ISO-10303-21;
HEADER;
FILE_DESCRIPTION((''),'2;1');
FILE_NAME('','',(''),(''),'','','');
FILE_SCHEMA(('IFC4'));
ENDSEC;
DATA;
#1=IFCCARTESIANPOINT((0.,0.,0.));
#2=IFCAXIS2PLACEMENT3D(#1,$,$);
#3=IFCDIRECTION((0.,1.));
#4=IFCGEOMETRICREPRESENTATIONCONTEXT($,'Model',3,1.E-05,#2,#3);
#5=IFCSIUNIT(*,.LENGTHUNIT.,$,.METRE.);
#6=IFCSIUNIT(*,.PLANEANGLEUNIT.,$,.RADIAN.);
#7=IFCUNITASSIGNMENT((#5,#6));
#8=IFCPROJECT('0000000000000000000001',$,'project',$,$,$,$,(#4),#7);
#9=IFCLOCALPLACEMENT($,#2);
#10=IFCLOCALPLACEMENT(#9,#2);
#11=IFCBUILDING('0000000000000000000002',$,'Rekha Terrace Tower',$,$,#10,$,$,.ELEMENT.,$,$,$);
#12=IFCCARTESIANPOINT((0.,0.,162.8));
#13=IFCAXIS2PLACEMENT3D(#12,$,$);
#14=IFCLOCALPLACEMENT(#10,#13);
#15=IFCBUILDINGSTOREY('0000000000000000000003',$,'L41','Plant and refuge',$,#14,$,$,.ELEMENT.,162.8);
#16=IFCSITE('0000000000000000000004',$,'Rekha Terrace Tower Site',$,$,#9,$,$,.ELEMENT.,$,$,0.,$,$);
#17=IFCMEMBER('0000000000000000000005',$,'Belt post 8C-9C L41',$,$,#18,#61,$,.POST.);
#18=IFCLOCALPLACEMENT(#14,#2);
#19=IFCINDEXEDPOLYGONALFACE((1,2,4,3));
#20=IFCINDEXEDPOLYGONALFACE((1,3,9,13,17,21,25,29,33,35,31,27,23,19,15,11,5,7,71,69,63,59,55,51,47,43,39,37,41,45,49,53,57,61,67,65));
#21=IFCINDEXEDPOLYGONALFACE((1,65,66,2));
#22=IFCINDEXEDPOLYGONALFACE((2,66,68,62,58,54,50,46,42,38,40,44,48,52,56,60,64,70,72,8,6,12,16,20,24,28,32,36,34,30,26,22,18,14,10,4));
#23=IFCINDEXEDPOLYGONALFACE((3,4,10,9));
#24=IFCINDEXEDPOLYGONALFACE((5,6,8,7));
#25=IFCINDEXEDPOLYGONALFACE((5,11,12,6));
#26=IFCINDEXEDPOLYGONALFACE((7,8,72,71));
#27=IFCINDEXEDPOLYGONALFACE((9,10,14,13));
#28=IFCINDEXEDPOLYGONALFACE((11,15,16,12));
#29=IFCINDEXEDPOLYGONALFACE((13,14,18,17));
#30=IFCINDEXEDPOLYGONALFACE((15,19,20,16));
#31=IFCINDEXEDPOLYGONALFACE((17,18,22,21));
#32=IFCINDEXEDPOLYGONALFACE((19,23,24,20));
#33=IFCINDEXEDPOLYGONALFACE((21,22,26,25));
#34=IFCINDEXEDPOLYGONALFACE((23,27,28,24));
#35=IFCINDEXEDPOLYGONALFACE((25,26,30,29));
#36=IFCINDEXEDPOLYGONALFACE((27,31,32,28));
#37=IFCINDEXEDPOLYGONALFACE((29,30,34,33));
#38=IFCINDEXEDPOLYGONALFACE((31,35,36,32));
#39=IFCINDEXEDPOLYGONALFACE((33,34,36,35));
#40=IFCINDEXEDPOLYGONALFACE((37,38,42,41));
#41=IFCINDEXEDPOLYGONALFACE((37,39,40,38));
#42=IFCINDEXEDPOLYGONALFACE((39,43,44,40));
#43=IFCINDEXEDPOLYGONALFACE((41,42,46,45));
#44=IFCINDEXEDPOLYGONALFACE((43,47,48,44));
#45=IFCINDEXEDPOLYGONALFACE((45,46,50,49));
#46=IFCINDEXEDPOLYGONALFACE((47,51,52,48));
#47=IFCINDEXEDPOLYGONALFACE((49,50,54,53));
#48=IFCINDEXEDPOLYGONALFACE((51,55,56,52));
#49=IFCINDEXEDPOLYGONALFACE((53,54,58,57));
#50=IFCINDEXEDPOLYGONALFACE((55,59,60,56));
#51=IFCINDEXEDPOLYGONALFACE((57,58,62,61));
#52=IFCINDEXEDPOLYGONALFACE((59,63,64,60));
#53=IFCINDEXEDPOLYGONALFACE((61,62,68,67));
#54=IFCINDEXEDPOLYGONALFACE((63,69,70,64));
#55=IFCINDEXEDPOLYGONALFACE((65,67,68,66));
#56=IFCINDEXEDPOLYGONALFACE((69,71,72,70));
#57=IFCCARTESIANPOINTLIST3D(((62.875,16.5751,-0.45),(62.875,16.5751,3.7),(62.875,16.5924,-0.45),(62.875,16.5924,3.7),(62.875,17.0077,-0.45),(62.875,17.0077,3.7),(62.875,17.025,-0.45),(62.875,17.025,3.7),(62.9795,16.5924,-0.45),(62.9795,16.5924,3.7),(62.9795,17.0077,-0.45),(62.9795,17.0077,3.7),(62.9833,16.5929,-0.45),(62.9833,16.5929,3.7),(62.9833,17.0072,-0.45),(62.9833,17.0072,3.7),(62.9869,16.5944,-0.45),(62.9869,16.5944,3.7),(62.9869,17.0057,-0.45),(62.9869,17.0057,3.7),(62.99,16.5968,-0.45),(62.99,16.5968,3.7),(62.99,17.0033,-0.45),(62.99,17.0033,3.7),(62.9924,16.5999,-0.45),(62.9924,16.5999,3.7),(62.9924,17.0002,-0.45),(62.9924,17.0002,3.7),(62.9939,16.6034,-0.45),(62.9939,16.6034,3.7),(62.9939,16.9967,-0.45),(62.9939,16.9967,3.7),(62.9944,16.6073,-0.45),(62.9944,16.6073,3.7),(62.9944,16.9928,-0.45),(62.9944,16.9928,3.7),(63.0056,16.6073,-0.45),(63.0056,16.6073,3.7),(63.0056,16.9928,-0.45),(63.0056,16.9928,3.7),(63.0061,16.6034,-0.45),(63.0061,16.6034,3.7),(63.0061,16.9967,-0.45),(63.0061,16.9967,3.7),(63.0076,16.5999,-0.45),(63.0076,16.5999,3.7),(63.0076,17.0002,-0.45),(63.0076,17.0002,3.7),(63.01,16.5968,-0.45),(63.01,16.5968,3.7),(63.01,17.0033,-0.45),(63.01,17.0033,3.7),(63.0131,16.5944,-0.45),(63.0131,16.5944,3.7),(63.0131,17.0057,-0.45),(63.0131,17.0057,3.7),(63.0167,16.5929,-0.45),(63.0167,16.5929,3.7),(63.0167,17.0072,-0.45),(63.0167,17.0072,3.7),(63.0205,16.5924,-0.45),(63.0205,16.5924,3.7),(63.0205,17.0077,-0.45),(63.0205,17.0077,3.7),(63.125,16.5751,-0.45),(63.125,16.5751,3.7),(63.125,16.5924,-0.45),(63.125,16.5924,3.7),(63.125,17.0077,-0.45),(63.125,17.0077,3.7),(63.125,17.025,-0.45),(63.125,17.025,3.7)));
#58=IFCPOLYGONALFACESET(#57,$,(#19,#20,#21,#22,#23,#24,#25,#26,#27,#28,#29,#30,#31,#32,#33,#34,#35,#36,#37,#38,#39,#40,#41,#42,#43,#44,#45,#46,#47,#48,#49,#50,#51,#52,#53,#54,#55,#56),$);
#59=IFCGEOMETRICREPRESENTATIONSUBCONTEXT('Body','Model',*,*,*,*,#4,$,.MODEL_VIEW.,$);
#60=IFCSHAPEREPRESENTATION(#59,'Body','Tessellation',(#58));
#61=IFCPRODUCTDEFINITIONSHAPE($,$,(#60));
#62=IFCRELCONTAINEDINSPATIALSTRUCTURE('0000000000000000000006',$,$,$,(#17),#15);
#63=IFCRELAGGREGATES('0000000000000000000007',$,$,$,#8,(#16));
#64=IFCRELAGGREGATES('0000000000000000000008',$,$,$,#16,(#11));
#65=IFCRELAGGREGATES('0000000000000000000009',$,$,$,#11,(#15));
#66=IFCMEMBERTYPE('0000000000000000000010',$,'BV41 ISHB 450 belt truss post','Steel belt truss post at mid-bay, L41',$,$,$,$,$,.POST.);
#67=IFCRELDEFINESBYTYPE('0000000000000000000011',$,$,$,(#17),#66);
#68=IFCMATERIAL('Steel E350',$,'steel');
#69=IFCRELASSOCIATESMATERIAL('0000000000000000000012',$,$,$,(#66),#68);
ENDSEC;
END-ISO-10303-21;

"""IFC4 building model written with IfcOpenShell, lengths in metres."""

from ifc_helpers import new_model, si_unit, direction, frame, origin, origin_2d, place, context, subcontext, project, spatial, i_section, extrude, material, material_profile, profile_set, type_object, element, save


model = new_model("IFC4")

# Units and contexts
model_context = context("Model", 3, precision=1e-05, world=origin(), true_north=direction((0.0, 1.0)))
body_context = subcontext(model_context, "Body", "Model", "MODEL_VIEW")
ifc_project = project(units=[si_unit("LENGTHUNIT", "METRE"), si_unit("PLANEANGLEUNIT", "RADIAN")], contexts=[model_context])

# Site, building, storey
site_placement = place(None, origin())
site = spatial("IfcSite", under=ifc_project, at=site_placement, Name="Rekha Terrace Tower Site", CompositionType="ELEMENT", RefElevation=0.0)
building_placement = place(site_placement, origin())
building = spatial("IfcBuilding", under=site, at=building_placement, Name="Rekha Terrace Tower", CompositionType="ELEMENT")
storey_placement = place(building_placement, frame((0.0, 0.0, 162.8)))
storey = spatial("IfcBuildingStorey", under=building, at=storey_placement, Name="L41", Description="Plant and refuge", CompositionType="ELEMENT", Elevation=162.8)

# Member
ifc_material_1 = material(Name="Steel E350", Category="steel")
ifc_material_profile_1 = material_profile(ifc_material_1, i_section(OverallWidth=0.25, OverallDepth=0.45, WebThickness=0.0112, FlangeThickness=0.0173, FilletRadius=0.0149, at=origin_2d()), Name="ISHB 450")
ifc_profile_set_1 = profile_set([ifc_material_profile_1], Name="Steel E350")
member_type_1 = type_object("IfcMemberType", Name="BV41 ISHB 450 belt truss post", Description="Steel belt truss post at mid-bay, L41", PredefinedType="POST", material=ifc_profile_set_1)
member_placement = place(storey_placement, frame((63.0, 16.8, -0.45), z_axis=(0.0, 0.0, 1.0), x_axis=(1.0, 0.0, 0.0)))
element("IfcMember", 1, at=member_placement, inside=storey, type_object=member_type_1, Name="Belt post 8C-9C L41", PredefinedType="POST", context=body_context, shape_type="SweptSolid", body=[
    extrude(i_section(OverallWidth=0.25, OverallDepth=0.45, WebThickness=0.0112, FlangeThickness=0.0173, FilletRadius=0.0149, at=origin_2d()), origin(), (0.0, 0.0, 1.0), 4.1499),
])

save(model, "model.ifc")
